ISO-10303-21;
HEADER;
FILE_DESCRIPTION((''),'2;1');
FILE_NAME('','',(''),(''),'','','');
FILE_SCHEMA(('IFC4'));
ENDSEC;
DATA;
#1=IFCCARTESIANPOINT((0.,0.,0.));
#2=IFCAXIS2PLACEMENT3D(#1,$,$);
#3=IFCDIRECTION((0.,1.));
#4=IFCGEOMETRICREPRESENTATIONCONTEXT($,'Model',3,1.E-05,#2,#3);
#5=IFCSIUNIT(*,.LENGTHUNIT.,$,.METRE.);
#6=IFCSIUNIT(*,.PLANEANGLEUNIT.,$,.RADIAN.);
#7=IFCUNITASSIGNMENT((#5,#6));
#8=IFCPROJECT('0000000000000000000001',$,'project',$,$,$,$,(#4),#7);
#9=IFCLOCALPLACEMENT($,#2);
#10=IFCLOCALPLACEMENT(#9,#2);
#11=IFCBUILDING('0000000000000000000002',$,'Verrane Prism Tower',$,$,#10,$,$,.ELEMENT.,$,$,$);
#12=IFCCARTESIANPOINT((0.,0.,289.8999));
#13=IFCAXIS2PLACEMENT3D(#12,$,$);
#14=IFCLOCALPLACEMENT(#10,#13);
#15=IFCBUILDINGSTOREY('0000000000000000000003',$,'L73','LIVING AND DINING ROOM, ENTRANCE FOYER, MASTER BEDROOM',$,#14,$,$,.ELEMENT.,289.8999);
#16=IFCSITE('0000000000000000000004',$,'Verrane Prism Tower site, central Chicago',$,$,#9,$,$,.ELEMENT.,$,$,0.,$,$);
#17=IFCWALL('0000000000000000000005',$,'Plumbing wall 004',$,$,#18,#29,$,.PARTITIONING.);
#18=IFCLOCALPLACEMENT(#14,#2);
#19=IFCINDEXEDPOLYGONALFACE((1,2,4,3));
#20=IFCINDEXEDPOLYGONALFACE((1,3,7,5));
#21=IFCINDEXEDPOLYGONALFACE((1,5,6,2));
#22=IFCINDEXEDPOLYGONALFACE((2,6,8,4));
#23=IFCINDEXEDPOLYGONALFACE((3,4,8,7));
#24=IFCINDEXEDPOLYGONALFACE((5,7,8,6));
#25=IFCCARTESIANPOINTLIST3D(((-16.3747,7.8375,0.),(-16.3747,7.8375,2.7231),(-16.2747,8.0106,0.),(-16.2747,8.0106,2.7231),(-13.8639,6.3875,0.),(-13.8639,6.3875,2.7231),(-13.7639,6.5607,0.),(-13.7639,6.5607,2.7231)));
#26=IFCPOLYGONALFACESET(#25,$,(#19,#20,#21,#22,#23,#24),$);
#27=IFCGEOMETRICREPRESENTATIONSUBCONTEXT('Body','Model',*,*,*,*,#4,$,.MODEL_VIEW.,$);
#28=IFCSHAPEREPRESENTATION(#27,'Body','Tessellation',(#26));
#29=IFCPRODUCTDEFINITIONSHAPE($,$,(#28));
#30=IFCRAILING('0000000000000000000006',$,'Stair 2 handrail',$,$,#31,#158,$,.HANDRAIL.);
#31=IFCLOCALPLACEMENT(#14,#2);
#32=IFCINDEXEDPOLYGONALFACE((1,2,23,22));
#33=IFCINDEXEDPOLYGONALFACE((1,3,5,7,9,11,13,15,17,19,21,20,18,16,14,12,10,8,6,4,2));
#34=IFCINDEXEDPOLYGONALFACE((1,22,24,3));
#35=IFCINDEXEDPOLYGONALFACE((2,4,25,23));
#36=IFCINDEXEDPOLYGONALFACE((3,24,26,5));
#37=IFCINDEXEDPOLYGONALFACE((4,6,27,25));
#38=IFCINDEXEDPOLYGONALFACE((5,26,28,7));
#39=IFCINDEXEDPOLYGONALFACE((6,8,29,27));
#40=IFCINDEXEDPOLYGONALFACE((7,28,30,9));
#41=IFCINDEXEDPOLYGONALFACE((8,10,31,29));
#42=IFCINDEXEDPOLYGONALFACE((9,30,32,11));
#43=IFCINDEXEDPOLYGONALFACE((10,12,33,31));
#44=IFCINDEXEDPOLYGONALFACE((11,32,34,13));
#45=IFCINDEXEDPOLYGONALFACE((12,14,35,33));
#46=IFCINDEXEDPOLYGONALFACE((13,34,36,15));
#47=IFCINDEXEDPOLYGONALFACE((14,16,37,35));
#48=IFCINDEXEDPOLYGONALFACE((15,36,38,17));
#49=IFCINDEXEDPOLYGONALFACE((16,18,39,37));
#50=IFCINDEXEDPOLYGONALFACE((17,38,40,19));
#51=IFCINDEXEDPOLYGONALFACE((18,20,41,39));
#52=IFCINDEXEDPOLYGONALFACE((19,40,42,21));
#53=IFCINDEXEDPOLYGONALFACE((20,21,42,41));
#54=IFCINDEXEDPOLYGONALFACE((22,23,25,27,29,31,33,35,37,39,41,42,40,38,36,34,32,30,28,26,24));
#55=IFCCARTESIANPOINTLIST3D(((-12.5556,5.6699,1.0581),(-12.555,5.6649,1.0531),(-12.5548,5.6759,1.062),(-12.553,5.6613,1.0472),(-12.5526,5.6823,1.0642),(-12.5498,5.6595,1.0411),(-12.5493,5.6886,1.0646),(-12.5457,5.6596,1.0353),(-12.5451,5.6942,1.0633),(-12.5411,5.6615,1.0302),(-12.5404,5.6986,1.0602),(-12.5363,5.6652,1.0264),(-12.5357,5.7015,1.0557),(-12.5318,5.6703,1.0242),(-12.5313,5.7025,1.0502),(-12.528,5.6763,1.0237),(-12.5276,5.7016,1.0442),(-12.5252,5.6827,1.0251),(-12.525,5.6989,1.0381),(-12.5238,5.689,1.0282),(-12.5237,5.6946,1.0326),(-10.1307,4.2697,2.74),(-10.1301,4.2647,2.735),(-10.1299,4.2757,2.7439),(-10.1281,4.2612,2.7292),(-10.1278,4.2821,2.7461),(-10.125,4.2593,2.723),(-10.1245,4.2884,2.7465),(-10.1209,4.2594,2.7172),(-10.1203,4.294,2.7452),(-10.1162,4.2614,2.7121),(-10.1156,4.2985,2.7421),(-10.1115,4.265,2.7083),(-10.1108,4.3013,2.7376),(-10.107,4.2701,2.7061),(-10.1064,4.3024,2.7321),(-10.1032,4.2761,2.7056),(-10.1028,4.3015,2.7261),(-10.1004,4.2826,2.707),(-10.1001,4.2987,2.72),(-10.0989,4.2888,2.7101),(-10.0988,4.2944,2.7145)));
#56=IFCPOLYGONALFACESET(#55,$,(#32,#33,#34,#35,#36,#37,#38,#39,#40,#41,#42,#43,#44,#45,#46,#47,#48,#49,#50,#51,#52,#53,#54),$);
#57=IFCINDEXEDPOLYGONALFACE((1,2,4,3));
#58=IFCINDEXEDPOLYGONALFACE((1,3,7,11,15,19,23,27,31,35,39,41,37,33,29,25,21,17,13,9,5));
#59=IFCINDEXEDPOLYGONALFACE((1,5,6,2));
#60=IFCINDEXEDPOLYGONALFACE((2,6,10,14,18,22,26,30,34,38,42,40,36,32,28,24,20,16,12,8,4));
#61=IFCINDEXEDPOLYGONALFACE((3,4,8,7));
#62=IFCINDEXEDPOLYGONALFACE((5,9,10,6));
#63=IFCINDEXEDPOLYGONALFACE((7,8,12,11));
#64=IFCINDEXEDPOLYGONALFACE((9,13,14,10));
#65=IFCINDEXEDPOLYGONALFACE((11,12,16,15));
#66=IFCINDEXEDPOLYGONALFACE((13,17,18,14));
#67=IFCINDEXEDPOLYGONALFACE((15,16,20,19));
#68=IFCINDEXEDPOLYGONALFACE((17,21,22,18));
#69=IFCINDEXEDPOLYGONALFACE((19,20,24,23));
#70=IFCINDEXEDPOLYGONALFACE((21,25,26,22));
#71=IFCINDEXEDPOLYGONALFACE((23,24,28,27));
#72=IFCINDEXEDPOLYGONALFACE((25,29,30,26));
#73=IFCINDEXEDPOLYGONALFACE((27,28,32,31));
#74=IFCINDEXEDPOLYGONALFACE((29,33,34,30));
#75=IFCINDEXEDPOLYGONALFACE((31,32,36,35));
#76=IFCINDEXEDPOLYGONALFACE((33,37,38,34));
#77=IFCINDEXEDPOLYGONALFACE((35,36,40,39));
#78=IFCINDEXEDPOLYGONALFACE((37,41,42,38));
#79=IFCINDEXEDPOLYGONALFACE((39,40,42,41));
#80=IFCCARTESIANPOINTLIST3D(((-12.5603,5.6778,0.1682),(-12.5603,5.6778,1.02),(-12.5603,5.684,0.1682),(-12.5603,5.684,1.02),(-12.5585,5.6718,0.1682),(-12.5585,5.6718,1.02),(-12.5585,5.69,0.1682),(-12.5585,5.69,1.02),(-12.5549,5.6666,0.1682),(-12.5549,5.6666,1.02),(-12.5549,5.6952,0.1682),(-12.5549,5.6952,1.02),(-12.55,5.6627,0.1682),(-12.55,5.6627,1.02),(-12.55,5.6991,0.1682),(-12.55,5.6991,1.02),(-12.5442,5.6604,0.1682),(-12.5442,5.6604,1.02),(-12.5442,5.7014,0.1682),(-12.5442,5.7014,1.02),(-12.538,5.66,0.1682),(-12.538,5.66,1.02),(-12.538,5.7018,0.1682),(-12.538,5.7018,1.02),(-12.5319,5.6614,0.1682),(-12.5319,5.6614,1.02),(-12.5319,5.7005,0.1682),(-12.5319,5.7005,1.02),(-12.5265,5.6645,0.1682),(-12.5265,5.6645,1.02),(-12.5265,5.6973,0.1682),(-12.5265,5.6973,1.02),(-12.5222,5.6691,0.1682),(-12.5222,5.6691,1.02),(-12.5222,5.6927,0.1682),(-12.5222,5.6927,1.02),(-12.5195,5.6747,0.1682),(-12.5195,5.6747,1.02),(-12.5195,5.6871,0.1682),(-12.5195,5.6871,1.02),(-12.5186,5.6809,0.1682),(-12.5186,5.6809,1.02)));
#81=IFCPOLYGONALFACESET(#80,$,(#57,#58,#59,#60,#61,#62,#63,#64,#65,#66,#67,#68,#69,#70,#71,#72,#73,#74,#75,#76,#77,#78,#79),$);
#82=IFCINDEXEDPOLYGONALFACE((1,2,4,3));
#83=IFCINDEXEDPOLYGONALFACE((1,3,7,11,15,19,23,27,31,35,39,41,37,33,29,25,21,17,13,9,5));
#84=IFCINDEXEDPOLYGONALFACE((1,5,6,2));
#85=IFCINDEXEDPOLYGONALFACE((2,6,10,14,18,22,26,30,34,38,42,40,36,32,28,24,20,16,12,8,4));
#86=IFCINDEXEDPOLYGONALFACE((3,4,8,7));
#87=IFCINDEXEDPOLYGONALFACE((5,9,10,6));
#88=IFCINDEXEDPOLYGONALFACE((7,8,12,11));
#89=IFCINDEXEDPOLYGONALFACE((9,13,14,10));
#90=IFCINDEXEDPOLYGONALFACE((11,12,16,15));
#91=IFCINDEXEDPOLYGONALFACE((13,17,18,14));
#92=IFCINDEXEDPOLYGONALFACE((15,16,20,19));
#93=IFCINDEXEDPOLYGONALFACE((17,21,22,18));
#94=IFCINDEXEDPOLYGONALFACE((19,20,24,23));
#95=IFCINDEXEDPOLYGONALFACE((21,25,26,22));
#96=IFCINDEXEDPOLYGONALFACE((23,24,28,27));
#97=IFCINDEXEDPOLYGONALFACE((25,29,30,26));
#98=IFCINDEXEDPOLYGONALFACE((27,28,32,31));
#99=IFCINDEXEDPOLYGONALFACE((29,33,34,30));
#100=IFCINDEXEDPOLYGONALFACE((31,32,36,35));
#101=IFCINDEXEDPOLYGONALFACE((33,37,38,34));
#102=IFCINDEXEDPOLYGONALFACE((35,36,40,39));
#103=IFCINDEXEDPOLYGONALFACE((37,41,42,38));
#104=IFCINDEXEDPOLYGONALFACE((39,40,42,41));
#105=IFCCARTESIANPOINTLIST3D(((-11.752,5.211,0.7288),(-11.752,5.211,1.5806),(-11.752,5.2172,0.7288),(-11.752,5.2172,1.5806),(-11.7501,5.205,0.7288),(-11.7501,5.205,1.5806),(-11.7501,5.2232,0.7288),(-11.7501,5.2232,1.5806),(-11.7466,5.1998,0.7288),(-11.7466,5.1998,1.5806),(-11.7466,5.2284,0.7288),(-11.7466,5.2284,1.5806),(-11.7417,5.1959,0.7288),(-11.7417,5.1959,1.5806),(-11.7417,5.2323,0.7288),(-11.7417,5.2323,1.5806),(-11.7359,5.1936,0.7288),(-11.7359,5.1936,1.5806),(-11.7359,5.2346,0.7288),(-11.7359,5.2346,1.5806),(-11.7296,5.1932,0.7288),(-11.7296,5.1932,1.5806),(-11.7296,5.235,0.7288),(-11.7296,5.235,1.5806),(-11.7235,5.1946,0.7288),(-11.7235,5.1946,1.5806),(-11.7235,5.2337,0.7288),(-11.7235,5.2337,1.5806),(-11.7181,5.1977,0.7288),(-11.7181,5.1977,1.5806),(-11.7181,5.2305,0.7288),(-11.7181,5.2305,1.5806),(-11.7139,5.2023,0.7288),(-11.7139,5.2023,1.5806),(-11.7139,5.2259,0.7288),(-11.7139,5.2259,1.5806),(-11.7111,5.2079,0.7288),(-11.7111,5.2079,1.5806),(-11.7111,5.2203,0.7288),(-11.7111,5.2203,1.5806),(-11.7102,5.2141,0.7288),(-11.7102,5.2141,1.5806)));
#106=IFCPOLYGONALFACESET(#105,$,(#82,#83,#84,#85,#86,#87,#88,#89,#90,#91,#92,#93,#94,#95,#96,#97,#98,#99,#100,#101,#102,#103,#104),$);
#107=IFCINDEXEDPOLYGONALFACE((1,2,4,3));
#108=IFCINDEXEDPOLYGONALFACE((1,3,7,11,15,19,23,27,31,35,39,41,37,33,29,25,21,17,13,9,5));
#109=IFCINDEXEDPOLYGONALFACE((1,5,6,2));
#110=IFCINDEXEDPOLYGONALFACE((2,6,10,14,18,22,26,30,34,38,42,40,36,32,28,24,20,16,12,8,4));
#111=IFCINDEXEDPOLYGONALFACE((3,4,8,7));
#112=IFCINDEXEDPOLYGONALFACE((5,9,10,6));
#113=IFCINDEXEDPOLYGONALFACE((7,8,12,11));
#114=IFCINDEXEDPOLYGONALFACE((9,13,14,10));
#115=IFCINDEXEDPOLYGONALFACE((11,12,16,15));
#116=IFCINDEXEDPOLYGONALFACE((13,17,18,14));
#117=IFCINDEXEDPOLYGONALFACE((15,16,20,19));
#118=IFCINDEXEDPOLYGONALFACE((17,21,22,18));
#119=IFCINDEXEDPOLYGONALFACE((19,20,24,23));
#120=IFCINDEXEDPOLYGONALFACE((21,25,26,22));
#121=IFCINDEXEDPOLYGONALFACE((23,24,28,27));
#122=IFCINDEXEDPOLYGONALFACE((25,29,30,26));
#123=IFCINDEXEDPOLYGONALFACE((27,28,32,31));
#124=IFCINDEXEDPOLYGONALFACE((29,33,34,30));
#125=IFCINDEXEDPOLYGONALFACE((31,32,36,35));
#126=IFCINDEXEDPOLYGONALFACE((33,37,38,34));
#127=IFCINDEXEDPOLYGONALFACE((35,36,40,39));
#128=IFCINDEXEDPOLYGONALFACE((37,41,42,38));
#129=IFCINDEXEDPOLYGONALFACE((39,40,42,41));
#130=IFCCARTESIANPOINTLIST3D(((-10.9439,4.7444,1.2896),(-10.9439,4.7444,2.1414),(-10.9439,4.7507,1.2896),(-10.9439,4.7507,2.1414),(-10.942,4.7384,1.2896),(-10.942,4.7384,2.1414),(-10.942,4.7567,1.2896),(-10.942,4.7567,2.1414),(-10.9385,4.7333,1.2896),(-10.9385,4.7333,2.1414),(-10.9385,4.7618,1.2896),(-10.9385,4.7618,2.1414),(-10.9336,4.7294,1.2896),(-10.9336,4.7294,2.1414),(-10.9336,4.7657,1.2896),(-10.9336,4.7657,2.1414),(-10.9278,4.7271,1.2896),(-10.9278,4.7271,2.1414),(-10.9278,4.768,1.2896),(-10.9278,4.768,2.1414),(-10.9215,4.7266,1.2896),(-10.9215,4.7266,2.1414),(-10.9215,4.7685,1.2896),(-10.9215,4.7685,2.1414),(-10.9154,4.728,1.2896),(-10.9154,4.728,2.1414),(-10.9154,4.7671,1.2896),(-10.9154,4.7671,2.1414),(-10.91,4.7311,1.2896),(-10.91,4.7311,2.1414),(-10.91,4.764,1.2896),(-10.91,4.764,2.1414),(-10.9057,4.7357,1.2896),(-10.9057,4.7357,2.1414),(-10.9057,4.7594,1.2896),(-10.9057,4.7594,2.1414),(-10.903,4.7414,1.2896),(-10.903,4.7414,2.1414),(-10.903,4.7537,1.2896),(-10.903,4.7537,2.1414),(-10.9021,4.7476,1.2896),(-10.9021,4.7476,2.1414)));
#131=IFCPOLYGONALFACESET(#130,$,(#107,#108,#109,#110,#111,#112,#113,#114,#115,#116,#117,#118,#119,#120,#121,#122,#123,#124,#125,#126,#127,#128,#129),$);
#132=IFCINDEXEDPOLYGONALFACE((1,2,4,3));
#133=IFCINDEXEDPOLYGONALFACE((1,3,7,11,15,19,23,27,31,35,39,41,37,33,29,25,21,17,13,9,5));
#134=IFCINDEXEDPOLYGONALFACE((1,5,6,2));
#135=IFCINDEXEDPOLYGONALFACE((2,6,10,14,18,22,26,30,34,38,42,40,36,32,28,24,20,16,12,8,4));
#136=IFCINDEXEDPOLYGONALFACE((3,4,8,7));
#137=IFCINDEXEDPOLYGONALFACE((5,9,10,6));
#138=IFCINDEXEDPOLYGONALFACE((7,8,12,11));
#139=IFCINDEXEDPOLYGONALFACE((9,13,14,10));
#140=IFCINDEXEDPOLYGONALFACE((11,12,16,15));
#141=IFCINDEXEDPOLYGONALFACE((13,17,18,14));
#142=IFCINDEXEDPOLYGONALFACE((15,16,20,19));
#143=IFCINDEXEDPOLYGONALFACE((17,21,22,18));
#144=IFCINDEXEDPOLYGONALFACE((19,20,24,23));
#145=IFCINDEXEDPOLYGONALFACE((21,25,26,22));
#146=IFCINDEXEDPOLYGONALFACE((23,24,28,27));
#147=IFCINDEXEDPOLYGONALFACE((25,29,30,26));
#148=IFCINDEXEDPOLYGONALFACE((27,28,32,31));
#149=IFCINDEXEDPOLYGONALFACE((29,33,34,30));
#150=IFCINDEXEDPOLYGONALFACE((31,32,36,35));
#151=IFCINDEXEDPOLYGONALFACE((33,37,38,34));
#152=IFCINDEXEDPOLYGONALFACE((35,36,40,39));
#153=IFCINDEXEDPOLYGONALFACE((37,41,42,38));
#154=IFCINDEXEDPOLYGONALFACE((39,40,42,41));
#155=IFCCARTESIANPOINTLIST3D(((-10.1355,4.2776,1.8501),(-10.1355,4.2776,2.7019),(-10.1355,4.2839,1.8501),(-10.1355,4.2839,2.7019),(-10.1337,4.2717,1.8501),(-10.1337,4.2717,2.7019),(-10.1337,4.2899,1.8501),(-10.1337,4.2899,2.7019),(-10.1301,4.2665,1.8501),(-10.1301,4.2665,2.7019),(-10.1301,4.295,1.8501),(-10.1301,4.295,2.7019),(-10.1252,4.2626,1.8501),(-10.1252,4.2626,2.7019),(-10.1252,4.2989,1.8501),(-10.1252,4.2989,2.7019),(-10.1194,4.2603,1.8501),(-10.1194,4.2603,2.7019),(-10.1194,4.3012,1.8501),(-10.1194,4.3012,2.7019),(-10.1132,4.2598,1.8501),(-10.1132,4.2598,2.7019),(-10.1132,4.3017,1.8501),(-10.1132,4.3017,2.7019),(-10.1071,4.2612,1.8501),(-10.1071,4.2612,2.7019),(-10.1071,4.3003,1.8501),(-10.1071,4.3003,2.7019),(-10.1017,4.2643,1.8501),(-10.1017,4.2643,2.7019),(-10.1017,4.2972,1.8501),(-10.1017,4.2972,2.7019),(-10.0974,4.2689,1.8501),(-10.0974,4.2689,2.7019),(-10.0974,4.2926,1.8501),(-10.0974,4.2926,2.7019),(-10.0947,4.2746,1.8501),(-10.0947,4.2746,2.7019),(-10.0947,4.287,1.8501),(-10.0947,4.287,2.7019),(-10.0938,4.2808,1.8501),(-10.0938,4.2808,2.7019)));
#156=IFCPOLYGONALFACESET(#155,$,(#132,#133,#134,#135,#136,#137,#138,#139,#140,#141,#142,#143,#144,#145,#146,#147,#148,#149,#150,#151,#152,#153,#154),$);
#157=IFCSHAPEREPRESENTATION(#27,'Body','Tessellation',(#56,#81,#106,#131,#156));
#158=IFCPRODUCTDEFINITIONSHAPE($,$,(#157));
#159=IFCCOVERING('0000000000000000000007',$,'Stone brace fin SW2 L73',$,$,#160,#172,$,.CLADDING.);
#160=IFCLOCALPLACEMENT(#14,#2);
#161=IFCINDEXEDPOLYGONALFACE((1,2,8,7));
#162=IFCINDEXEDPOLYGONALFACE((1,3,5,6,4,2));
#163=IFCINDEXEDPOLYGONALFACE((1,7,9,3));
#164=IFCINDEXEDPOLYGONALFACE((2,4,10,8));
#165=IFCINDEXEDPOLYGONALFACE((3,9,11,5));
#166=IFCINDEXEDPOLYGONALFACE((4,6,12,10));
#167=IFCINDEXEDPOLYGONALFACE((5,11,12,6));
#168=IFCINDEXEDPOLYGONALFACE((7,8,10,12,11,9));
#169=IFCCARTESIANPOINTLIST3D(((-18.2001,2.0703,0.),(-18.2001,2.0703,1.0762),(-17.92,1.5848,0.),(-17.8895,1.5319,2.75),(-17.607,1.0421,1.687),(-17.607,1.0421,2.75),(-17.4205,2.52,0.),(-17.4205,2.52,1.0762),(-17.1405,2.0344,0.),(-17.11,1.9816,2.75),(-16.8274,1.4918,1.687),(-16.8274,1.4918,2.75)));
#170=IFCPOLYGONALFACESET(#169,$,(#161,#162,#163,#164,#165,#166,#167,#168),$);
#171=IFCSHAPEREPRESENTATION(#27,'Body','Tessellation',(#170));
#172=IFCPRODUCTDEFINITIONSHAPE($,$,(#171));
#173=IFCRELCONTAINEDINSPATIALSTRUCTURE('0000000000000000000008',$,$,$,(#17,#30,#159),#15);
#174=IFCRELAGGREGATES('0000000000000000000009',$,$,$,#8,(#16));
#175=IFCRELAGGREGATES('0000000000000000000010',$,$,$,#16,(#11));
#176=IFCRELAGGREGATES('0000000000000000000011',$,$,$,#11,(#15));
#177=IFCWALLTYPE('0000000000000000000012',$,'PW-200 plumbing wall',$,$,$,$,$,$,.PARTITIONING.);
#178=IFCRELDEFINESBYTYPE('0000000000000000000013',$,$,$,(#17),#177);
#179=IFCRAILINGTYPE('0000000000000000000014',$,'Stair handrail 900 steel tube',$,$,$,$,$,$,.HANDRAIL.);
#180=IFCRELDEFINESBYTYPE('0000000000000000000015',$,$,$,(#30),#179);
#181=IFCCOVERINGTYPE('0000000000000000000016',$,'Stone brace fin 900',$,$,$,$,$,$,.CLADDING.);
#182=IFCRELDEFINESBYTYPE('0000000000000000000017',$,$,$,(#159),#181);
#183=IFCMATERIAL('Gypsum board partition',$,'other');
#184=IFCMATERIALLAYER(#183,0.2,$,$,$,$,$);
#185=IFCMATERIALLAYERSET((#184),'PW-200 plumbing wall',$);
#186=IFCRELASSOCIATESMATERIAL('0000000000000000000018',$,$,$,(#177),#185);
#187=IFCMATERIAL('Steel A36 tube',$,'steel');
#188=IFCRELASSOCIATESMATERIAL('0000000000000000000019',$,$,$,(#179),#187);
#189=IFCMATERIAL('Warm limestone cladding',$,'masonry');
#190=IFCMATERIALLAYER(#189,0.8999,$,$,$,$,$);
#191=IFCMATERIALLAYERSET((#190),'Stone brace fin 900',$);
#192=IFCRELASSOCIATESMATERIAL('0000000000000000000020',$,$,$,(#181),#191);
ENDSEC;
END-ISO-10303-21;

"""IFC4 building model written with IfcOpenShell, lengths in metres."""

from ifc_helpers import new_model, si_unit, direction, frame, frame_2d, origin, origin_2d, place, context, subcontext, project, spatial, polyline, rectangle, circle, outline, extrude, material, layer, layer_set, type_object, element, save


model = new_model("IFC4")

# Units and contexts
model_context = context("Model", 3, precision=1e-05, world=origin(), true_north=direction((0.0, 1.0)))
body_context = subcontext(model_context, "Body", "Model", "MODEL_VIEW")
ifc_project = project(units=[si_unit("LENGTHUNIT", "METRE"), si_unit("PLANEANGLEUNIT", "RADIAN")], contexts=[model_context])

# Site, building, storey
site_placement = place(None, origin())
site = spatial("IfcSite", under=ifc_project, at=site_placement, Name="Verrane Prism Tower site, central Chicago", CompositionType="ELEMENT", RefElevation=0.0)
building_placement = place(site_placement, origin())
building = spatial("IfcBuilding", under=site, at=building_placement, Name="Verrane Prism Tower", CompositionType="ELEMENT")
storey_placement = place(building_placement, frame((0.0, 0.0, 289.8999)))
storey = spatial("IfcBuildingStorey", under=building, at=storey_placement, Name="L73", Description="LIVING AND DINING ROOM, ENTRANCE FOYER, MASTER BEDROOM", CompositionType="ELEMENT", Elevation=289.8999)

# Shared definitions
ifc_material_1 = material(Name="Gypsum board partition", Category="other")
ifc_layer_1 = layer(ifc_material_1, 0.2)
ifc_layer_set_1 = layer_set([ifc_layer_1], Name="PW-200 plumbing wall")
wall_type_1 = type_object("IfcWallType", Name="PW-200 plumbing wall", PredefinedType="PARTITIONING", material=ifc_layer_set_1)

# Wall
wall_1_placement = place(storey_placement, frame((-16.3247, 7.9241, 0.0), z_axis=(0.0, 0.0, 1.0), x_axis=(0.86597, -0.500097, 0.0)))
element("IfcWall", 1, at=wall_1_placement, inside=storey, type_object=wall_type_1, Name="Plumbing wall 004", PredefinedType="PARTITIONING", context=body_context, shape_type="SweptSolid", body=[
    extrude(rectangle(XDim=2.8994, YDim=0.2, at=frame_2d((1.4497, 0.0))), origin(), (0.0, 0.0, 1.0), 2.7231),
])

# Railing
ifc_material_2 = material(Name="Steel A36 tube", Category="steel")
railing_type = type_object("IfcRailingType", Name="Stair handrail 900 steel tube", PredefinedType="HANDRAIL", material=ifc_material_2)
railing_placement = place(storey_placement, frame((-12.5396, 5.6809, 0.1682)))
element("IfcRailing", 2, at=railing_placement, inside=storey, type_object=railing_type, Name="Stair 2 handrail", PredefinedType="HANDRAIL", context=body_context, shape_type="SweptSolid", body=[
    extrude(circle(Radius=0.0239, at=origin_2d()), frame((0.0, 0.0, 0.876), z_axis=(0.742367, -0.428662, 0.514918), x_axis=(0.50005, 0.865997, 0.0)), (0.0, 0.0, 1.0), 3.2664),
    extrude(circle(Radius=0.021, at=origin_2d()), origin(), (0.0, 0.0, 1.0), 0.8518),
    extrude(circle(Radius=0.021, at=origin_2d()), frame((0.8083, -0.4668, 0.5605)), (0.0, 0.0, 1.0), 0.8518),
    extrude(circle(Radius=0.021, at=origin_2d()), frame((1.6165, -0.9333, 1.1213)), (0.0, 0.0, 1.0), 0.8518),
    extrude(circle(Radius=0.021, at=origin_2d()), frame((2.4248, -1.4001, 1.6819)), (0.0, 0.0, 1.0), 0.8518),
])

# Covering
ifc_material_3 = material(Name="Warm limestone cladding", Category="masonry")
ifc_layer_2 = layer(ifc_material_3, 0.8999)
ifc_layer_set_2 = layer_set([ifc_layer_2], Name="Stone brace fin 900")
covering_type = type_object("IfcCoveringType", Name="Stone brace fin 900", PredefinedType="CLADDING", material=ifc_layer_set_2)
covering_placement = place(storey_placement, frame((-17.8103, 2.2952, 0.0), z_axis=(0.0, 0.0, 1.0), x_axis=(0.499657, -0.866223, 0.0)))
element("IfcCovering", 3, at=covering_placement, inside=storey, type_object=covering_type, Name="Stone brace fin SW2 L73", PredefinedType="CLADDING", context=body_context, shape_type="SweptSolid", body=[
    extrude(outline(polyline([(1.187, 2.75), (0.6216, 2.75), (0.0, 1.0762), (0.0, 0.0), (0.5605, 0.0), (1.187, 1.687), (1.187, 2.75)])), frame((0.0, 0.45, 0.0), z_axis=(0.0, -1.0, 0.0), x_axis=(1.0, 0.0, 0.0)), (0.0, 0.0, 1.0), 0.8999),
])

save(model, "model.ifc")
